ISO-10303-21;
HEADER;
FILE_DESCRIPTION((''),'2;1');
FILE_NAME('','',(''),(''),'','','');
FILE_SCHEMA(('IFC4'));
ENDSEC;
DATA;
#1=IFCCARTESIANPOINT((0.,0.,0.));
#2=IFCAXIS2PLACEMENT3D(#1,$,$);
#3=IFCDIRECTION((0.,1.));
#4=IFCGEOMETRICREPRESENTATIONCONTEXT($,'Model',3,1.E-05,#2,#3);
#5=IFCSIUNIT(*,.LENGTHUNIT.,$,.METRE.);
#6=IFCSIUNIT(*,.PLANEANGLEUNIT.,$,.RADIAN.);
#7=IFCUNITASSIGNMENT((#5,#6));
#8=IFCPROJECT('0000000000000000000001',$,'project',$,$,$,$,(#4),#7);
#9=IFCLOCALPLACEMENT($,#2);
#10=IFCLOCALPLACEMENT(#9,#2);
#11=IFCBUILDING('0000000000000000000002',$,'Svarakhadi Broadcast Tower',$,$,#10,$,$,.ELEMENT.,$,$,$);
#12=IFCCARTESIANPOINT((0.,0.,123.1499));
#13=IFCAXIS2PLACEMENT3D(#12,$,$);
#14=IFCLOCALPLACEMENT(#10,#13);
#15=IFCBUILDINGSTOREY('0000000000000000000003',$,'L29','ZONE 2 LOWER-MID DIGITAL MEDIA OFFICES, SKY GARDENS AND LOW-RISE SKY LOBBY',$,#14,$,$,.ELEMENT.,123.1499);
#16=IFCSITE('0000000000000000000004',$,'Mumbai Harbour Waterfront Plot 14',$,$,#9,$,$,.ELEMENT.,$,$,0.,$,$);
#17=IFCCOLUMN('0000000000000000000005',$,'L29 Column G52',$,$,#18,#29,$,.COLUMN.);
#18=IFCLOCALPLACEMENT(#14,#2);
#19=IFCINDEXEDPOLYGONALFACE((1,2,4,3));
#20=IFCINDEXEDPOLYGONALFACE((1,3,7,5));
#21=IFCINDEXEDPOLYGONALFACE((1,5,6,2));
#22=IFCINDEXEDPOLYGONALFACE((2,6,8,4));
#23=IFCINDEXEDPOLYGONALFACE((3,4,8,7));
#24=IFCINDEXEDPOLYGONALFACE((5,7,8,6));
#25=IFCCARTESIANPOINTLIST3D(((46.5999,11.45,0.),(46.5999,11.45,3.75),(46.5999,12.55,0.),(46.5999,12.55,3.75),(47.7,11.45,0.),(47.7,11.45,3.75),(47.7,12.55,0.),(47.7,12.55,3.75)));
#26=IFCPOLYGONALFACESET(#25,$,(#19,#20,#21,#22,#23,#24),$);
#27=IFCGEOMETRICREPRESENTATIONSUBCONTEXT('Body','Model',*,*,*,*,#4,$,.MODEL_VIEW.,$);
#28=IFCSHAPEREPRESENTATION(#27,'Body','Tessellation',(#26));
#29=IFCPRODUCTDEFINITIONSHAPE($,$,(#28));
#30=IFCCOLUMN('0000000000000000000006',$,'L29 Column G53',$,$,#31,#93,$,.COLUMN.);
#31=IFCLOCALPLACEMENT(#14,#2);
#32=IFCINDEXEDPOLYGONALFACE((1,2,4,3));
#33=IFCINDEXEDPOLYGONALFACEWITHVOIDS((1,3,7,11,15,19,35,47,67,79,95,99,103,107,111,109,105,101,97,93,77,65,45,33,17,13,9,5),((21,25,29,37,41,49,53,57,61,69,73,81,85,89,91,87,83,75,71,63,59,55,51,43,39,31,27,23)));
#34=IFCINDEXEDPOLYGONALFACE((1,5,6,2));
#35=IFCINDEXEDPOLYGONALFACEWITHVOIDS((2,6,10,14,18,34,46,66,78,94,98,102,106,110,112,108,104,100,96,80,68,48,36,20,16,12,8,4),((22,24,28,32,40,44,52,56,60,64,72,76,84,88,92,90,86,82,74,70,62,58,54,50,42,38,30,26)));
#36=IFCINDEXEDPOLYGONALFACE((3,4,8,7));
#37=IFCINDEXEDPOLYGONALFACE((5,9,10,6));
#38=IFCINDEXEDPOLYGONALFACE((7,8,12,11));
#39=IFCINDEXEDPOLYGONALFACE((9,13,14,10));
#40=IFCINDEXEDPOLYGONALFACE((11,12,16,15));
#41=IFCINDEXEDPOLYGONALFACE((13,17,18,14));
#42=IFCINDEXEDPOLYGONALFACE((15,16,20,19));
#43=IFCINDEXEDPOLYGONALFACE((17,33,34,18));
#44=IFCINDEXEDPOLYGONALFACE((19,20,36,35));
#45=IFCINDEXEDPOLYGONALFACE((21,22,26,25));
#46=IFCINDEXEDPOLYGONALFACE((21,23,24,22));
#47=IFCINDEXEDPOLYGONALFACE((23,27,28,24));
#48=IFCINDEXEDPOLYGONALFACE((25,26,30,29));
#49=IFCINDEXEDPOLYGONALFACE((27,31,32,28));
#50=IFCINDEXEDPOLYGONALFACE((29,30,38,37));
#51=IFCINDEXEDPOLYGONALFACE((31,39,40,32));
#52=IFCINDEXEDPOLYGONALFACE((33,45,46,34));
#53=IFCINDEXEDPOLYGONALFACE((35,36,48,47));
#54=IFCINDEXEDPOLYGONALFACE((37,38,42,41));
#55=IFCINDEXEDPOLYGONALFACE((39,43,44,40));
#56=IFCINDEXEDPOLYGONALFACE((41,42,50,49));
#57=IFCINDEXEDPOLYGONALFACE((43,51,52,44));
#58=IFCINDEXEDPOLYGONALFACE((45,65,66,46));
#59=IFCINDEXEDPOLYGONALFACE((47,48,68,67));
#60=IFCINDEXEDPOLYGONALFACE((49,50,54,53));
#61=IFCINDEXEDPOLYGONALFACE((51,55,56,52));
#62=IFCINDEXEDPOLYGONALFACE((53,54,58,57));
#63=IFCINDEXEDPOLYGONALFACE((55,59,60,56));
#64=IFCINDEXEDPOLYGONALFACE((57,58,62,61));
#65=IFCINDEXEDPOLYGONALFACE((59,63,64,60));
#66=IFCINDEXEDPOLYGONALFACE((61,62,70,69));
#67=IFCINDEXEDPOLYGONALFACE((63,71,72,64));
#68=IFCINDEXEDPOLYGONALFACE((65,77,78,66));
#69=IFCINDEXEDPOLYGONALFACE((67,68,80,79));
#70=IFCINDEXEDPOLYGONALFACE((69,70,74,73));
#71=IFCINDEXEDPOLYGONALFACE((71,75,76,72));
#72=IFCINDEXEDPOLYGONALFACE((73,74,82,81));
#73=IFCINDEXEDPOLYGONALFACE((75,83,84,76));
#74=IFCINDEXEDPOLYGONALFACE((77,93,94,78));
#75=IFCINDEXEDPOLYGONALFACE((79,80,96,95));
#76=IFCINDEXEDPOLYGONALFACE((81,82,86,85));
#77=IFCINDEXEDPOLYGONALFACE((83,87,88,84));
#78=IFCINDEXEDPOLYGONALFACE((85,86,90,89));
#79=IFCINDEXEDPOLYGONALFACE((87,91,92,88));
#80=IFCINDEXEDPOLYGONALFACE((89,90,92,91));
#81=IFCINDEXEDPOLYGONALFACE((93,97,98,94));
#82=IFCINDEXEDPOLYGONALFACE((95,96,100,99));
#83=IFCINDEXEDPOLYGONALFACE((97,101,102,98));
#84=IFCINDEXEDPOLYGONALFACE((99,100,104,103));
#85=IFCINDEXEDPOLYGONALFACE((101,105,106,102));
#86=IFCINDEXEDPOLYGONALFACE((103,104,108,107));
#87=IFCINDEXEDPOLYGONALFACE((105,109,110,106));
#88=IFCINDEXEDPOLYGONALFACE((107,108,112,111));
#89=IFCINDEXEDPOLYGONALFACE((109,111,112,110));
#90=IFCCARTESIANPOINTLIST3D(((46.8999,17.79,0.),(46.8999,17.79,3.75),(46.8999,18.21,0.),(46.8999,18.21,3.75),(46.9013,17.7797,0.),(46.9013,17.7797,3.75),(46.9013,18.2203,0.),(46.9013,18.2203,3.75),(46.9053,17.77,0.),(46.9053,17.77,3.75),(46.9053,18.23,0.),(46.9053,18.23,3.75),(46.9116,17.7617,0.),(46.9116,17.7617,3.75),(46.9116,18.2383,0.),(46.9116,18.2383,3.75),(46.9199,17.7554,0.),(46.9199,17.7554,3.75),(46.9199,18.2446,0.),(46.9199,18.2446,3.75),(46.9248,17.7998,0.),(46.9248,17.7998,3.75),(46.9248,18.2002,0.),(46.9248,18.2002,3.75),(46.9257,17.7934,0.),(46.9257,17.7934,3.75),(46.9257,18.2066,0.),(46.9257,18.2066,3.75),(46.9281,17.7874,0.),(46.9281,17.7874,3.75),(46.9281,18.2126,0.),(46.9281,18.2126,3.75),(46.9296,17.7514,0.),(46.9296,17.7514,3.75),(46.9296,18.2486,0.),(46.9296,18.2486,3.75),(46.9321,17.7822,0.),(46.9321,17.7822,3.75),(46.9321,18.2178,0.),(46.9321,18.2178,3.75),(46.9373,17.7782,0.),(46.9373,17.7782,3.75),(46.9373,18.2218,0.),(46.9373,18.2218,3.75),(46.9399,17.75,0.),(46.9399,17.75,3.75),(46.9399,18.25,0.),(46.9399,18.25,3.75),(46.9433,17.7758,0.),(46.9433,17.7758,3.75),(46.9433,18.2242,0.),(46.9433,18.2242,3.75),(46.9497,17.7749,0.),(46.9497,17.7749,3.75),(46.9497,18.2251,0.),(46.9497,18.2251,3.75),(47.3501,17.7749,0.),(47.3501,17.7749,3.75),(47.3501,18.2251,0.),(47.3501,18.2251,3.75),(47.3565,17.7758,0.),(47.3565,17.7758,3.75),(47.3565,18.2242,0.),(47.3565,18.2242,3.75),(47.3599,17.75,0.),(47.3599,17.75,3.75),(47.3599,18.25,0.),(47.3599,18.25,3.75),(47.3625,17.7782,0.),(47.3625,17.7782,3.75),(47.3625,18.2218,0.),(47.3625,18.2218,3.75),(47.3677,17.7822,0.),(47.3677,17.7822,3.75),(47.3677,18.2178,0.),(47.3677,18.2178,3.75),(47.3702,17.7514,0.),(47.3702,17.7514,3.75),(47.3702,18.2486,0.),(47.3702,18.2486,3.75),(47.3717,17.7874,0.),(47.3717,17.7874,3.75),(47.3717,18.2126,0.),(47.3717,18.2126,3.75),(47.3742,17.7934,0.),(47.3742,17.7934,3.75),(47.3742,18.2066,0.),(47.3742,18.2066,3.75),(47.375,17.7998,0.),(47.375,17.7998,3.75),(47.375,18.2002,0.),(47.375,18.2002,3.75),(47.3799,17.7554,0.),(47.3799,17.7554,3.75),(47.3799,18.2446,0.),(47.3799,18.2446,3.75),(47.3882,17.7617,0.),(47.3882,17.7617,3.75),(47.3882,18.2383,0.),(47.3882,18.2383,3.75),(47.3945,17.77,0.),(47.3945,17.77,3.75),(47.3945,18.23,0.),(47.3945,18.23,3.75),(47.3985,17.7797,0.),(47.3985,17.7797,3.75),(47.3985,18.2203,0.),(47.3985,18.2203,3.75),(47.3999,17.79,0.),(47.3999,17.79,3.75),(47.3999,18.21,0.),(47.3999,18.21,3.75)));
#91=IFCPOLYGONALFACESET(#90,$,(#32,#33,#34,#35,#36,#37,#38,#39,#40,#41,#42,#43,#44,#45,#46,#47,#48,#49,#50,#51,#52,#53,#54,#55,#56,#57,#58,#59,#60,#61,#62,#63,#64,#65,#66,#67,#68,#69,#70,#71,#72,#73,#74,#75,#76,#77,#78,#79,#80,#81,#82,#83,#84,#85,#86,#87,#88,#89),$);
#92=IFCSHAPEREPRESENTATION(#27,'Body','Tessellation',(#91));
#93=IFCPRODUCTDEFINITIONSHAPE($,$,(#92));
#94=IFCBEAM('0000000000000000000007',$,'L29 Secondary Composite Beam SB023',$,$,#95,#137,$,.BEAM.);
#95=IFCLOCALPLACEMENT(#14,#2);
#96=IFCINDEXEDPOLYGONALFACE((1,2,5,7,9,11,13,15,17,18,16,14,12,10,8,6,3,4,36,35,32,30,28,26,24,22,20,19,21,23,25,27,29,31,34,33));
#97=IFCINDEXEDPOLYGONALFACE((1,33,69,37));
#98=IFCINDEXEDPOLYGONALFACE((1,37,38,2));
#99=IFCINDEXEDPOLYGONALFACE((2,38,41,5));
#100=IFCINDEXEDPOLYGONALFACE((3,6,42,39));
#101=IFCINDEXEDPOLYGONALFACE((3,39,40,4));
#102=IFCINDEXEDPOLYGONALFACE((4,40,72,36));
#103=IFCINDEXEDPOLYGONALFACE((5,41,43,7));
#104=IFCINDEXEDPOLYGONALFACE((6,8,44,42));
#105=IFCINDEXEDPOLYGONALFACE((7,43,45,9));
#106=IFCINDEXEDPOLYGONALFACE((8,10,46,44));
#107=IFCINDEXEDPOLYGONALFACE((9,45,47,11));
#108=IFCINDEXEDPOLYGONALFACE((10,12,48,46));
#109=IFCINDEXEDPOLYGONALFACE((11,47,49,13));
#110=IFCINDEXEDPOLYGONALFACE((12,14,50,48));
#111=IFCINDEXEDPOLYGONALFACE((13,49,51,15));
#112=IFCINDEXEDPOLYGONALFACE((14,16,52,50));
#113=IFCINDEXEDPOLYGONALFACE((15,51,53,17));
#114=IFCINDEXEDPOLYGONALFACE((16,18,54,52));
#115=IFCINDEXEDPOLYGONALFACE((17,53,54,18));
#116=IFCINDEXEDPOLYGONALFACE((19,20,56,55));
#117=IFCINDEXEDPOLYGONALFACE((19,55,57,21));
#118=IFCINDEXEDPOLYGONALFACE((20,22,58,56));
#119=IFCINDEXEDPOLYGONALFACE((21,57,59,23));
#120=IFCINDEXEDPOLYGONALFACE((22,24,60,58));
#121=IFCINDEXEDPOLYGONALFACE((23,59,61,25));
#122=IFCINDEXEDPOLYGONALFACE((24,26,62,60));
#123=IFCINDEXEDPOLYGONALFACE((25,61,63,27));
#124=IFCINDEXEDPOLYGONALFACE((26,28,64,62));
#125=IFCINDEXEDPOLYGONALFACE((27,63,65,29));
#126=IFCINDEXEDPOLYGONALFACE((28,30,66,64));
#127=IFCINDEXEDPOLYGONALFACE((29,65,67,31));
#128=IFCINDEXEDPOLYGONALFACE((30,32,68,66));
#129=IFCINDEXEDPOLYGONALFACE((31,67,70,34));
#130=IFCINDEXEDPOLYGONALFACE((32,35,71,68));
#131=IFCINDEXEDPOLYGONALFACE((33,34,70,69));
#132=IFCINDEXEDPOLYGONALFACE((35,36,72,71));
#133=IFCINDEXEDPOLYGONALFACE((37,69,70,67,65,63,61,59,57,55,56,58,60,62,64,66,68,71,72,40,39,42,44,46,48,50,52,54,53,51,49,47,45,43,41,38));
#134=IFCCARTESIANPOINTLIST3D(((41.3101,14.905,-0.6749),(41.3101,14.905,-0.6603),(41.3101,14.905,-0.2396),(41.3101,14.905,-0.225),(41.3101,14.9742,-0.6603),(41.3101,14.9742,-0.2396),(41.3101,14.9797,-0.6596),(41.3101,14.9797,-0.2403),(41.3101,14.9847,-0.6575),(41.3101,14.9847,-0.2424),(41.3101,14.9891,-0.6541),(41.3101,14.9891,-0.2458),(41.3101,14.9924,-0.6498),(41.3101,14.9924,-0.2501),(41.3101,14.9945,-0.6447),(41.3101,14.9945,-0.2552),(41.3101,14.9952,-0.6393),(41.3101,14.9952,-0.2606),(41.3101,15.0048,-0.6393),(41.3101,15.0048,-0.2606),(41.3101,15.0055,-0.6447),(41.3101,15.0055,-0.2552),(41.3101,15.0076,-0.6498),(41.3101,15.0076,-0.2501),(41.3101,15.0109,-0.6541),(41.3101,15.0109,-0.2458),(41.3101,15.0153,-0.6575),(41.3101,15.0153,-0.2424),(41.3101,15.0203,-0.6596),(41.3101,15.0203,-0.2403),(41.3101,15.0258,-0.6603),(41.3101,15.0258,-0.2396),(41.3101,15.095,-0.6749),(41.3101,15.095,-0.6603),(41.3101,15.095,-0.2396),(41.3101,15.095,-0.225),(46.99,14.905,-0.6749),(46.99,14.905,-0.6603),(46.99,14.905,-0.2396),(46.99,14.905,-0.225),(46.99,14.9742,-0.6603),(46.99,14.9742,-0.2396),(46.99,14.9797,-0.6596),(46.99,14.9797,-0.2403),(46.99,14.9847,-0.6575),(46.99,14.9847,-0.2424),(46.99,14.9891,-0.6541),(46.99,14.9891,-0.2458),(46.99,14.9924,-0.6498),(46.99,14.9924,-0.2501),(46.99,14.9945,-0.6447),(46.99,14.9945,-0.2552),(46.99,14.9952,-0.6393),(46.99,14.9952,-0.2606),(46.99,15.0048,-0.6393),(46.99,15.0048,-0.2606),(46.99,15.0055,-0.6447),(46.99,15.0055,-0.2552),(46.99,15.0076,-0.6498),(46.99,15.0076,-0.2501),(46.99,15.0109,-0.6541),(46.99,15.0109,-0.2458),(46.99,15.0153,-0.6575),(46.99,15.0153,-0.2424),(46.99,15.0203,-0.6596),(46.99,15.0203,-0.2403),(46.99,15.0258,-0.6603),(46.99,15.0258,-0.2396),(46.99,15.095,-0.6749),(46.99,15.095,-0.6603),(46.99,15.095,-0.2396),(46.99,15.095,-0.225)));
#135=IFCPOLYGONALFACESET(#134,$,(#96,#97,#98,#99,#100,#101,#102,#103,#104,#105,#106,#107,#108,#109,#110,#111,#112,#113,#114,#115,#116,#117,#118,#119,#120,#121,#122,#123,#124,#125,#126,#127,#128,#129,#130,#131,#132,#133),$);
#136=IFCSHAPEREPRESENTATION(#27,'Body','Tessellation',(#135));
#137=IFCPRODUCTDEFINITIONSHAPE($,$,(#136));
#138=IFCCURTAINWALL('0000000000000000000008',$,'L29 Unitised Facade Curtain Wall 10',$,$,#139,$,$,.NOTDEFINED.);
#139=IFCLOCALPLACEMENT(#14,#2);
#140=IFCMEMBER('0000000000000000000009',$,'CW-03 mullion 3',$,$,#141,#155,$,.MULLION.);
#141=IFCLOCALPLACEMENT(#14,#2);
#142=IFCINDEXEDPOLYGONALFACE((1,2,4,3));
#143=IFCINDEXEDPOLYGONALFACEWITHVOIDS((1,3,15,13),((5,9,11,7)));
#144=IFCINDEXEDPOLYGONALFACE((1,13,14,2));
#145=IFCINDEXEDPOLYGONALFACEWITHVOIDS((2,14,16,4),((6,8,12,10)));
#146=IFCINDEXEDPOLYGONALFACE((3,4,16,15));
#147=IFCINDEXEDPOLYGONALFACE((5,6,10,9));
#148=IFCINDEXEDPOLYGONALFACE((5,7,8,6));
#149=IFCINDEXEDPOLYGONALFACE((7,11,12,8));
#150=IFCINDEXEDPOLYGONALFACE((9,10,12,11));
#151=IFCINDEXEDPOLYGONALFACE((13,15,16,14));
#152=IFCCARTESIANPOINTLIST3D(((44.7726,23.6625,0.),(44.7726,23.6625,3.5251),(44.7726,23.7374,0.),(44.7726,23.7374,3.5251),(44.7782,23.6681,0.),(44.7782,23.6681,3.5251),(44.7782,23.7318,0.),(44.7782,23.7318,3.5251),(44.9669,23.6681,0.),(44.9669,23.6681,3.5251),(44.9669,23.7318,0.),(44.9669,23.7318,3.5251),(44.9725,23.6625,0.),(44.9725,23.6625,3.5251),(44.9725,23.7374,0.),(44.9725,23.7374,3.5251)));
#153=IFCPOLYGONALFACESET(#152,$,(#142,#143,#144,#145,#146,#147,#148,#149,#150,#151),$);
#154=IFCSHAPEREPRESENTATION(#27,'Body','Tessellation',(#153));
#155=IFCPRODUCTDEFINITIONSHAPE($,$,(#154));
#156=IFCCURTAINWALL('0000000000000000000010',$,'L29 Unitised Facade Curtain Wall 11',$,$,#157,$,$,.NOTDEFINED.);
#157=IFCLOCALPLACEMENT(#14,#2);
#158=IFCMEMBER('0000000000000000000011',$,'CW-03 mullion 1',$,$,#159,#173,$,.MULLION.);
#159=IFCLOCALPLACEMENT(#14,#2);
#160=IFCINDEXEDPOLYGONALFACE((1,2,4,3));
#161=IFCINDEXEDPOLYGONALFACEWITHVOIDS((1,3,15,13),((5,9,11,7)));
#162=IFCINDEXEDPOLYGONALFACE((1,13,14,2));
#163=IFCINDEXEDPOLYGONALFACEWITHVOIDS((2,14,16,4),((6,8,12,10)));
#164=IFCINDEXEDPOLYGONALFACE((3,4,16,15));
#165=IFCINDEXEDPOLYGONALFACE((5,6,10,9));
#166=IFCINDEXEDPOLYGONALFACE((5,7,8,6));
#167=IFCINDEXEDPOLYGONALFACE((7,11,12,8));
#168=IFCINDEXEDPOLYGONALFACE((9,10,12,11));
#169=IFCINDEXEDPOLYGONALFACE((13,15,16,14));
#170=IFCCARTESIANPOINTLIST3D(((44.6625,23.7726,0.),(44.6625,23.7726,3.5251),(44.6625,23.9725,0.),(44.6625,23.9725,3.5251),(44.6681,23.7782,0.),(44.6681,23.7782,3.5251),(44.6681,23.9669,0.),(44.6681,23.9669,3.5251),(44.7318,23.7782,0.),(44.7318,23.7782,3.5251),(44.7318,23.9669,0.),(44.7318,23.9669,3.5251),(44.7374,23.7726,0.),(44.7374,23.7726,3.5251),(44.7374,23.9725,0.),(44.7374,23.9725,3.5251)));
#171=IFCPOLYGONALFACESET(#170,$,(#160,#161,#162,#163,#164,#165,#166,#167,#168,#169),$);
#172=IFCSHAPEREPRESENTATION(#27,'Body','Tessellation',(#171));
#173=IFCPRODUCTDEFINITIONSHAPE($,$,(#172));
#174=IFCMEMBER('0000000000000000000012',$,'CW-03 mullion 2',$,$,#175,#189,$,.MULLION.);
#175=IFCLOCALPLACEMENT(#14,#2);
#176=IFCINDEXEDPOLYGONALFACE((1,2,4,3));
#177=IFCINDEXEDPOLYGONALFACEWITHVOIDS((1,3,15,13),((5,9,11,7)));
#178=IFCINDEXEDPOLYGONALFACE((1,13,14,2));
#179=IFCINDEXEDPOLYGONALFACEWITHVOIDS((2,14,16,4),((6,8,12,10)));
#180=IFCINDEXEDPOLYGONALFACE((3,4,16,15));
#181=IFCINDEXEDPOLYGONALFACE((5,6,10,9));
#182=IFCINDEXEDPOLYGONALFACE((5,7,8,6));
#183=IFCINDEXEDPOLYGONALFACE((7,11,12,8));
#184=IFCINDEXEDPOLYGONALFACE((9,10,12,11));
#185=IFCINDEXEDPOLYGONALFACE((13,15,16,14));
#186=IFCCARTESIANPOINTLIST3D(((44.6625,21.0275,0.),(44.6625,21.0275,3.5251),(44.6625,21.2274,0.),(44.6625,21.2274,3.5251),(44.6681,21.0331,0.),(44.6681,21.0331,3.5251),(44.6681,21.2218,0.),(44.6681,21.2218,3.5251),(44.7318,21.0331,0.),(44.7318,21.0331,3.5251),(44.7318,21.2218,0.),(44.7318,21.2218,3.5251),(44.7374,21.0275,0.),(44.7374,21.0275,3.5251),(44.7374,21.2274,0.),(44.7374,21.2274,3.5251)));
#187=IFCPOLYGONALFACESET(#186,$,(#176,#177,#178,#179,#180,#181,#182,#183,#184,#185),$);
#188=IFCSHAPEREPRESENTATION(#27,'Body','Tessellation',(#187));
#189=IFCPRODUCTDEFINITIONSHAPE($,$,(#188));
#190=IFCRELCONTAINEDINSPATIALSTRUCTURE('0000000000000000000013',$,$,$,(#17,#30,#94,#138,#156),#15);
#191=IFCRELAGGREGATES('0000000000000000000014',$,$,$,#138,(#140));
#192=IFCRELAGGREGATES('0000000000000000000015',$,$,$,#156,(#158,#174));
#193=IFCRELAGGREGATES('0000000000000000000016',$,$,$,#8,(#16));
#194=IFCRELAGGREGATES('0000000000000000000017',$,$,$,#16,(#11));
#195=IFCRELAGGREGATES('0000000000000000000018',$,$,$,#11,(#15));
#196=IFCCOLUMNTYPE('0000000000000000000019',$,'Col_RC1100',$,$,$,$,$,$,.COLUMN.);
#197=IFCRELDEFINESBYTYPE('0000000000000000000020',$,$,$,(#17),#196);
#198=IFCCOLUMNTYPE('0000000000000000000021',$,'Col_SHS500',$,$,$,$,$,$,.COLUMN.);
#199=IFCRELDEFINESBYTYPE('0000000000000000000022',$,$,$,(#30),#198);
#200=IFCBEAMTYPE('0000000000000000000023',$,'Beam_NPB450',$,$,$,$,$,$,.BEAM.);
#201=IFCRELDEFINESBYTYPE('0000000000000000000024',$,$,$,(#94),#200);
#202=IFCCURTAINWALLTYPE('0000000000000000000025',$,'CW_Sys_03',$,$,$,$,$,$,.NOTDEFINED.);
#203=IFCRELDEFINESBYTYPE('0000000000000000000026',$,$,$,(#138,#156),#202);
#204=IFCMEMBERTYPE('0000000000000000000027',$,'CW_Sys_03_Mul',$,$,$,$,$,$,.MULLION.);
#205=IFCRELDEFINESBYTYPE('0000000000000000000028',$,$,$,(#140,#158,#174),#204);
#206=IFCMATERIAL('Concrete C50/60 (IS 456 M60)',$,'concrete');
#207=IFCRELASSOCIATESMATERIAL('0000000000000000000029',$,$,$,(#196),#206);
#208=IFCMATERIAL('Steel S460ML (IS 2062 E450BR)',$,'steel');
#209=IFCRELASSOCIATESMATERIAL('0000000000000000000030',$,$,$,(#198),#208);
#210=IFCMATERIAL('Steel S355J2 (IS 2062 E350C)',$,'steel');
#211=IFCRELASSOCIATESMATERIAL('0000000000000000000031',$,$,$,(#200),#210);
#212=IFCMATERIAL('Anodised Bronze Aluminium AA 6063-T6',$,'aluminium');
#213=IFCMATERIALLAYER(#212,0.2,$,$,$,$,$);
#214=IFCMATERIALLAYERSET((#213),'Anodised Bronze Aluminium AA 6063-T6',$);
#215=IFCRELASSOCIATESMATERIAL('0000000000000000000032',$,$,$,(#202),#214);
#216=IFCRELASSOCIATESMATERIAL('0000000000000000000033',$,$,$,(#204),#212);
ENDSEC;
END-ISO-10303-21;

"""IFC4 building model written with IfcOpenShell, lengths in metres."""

from ifc_helpers import new_model, si_unit, direction, frame, origin, origin_2d, place, context, subcontext, project, spatial, rectangle, hollow_rectangle, i_section, extrude, material, layer, layer_set, material_profile, profile_set, type_object, element, aggregate, save


model = new_model("IFC4")

# Units and contexts
model_context = context("Model", 3, precision=1e-05, world=origin(), true_north=direction((0.0, 1.0)))
body_context = subcontext(model_context, "Body", "Model", "MODEL_VIEW")
ifc_project = project(units=[si_unit("LENGTHUNIT", "METRE"), si_unit("PLANEANGLEUNIT", "RADIAN")], contexts=[model_context])

# Site, building, storey
site_placement = place(None, origin())
site = spatial("IfcSite", under=ifc_project, at=site_placement, Name="Mumbai Harbour Waterfront Plot 14", CompositionType="ELEMENT", RefElevation=0.0)
building_placement = place(site_placement, origin())
building = spatial("IfcBuilding", under=site, at=building_placement, Name="Svarakhadi Broadcast Tower", CompositionType="ELEMENT")
storey_placement = place(building_placement, frame((0.0, 0.0, 123.1499)))
storey = spatial("IfcBuildingStorey", under=building, at=storey_placement, Name="L29", Description="ZONE 2 LOWER-MID DIGITAL MEDIA OFFICES, SKY GARDENS AND LOW-RISE SKY LOBBY", CompositionType="ELEMENT", Elevation=123.1499)

# Columns
ifc_material_1 = material(Name="Concrete C50/60 (IS 456 M60)", Category="concrete")
ifc_material_profile_1 = material_profile(ifc_material_1, rectangle(XDim=1.1001, YDim=1.1001, at=origin_2d()), Name="RC 1100x1100")
ifc_profile_set_1 = profile_set([ifc_material_profile_1], Name="Concrete C50/60 (IS 456 M60)")
column_type_1 = type_object("IfcColumnType", Name="Col_RC1100", PredefinedType="COLUMN", material=ifc_profile_set_1)
column_1_placement = place(storey_placement, frame((47.1499, 12.0, 0.0), z_axis=(0.0, 0.0, 1.0), x_axis=(1.0, 0.0, 0.0)))
element("IfcColumn", 1, at=column_1_placement, inside=storey, type_object=column_type_1, Name="L29 Column G52", PredefinedType="COLUMN", context=body_context, shape_type="SweptSolid", body=[
    extrude(rectangle(XDim=1.1001, YDim=1.1001, at=origin_2d()), origin(), (0.0, 0.0, 1.0), 3.75),
])
ifc_material_2 = material(Name="Steel S460ML (IS 2062 E450BR)", Category="steel")
ifc_material_profile_2 = material_profile(ifc_material_2, hollow_rectangle(XDim=0.5, YDim=0.5, WallThickness=0.0249, InnerFilletRadius=0.0249, OuterFilletRadius=0.04, at=origin_2d()), Name="SHS 500x500x25")
ifc_profile_set_2 = profile_set([ifc_material_profile_2], Name="Steel S460ML (IS 2062 E450BR)")
column_type_2 = type_object("IfcColumnType", Name="Col_SHS500", PredefinedType="COLUMN", material=ifc_profile_set_2)
column_2_placement = place(storey_placement, frame((47.1499, 18.0, 0.0), z_axis=(0.0, 0.0, 1.0), x_axis=(1.0, 0.0, 0.0)))
element("IfcColumn", 2, at=column_2_placement, inside=storey, type_object=column_type_2, Name="L29 Column G53", PredefinedType="COLUMN", context=body_context, shape_type="SweptSolid", body=[
    extrude(hollow_rectangle(XDim=0.5, YDim=0.5, WallThickness=0.0249, InnerFilletRadius=0.0249, OuterFilletRadius=0.04, at=origin_2d()), origin(), (0.0, 0.0, 1.0), 3.75),
])

# Beam
ifc_material_3 = material(Name="Steel S355J2 (IS 2062 E350C)", Category="steel")
ifc_material_profile_3 = material_profile(ifc_material_3, i_section(OverallWidth=0.1899, OverallDepth=0.45, WebThickness=0.0095, FlangeThickness=0.0146, FilletRadius=0.021, at=origin_2d()), Name="NPB 450x190x78")
ifc_profile_set_3 = profile_set([ifc_material_profile_3], Name="Steel S355J2 (IS 2062 E350C)")
beam_type_1 = type_object("IfcBeamType", Name="Beam_NPB450", PredefinedType="BEAM", material=ifc_profile_set_3)
beam_1_placement = place(storey_placement, frame((41.3101, 15.0, -0.45), z_axis=(1.0, 0.0, 0.0), x_axis=(0.0, 1.0, 0.0)))
element("IfcBeam", 3, at=beam_1_placement, inside=storey, type_object=beam_type_1, Name="L29 Secondary Composite Beam SB023", PredefinedType="BEAM", context=body_context, shape_type="SweptSolid", body=[
    extrude(i_section(OverallWidth=0.1899, OverallDepth=0.45, WebThickness=0.0095, FlangeThickness=0.0146, FilletRadius=0.021, at=origin_2d()), origin(), (0.0, 0.0, 1.0), 5.6799),
])

# Curtain wall, member
ifc_material_4 = material(Name="Anodised Bronze Aluminium AA 6063-T6", Category="aluminium")
ifc_layer_1 = layer(ifc_material_4, 0.2)
ifc_layer_set_1 = layer_set([ifc_layer_1], Name="Anodised Bronze Aluminium AA 6063-T6")
curtain_wall_type = type_object("IfcCurtainWallType", Name="CW_Sys_03", PredefinedType="NOTDEFINED", material=ifc_layer_set_1)
curtain_wall_1_placement = place(storey_placement, origin())
curtain_wall_1 = element("IfcCurtainWall", 4, at=curtain_wall_1_placement, inside=storey, type_object=curtain_wall_type, Name="L29 Unitised Facade Curtain Wall 10", PredefinedType="NOTDEFINED")
ifc_material_profile_4 = material_profile(ifc_material_4, hollow_rectangle(XDim=0.075, YDim=0.2, WallThickness=0.0056, at=origin_2d()), Name="ALU MULLION 200x75x6")
ifc_profile_set_4 = profile_set([ifc_material_profile_4], Name="Anodised Bronze Aluminium AA 6063-T6")
member_type_1 = type_object("IfcMemberType", Name="CW_Sys_03_Mul", PredefinedType="MULLION", material=ifc_profile_set_4)
member_1_placement = place(storey_placement, frame((44.8726, 23.7, 0.0), z_axis=(0.0, 0.0, 1.0), x_axis=(0.0, 1.0, 0.0)))
member_1 = element("IfcMember", 5, at=member_1_placement, type_object=member_type_1, Name="CW-03 mullion 3", PredefinedType="MULLION", context=body_context, shape_type="SweptSolid", body=[
    extrude(hollow_rectangle(XDim=0.075, YDim=0.2, WallThickness=0.0056, at=origin_2d()), origin(), (0.0, 0.0, 1.0), 3.5251),
])
aggregate(curtain_wall_1, [member_1])

# Curtain wall, members
curtain_wall_2_placement = place(storey_placement, origin())
curtain_wall_2 = element("IfcCurtainWall", 6, at=curtain_wall_2_placement, inside=storey, type_object=curtain_wall_type, Name="L29 Unitised Facade Curtain Wall 11", PredefinedType="NOTDEFINED")
member_2_placement = place(storey_placement, frame((44.7, 23.8726, 0.0), z_axis=(0.0, 0.0, 1.0), x_axis=(1.0, 0.0, 0.0)))
member_2 = element("IfcMember", 7, at=member_2_placement, type_object=member_type_1, Name="CW-03 mullion 1", PredefinedType="MULLION", context=body_context, shape_type="SweptSolid", body=[
    extrude(hollow_rectangle(XDim=0.075, YDim=0.2, WallThickness=0.0056, at=origin_2d()), origin(), (0.0, 0.0, 1.0), 3.5251),
])
member_3_placement = place(storey_placement, frame((44.7, 21.1274, 0.0), z_axis=(0.0, 0.0, 1.0), x_axis=(1.0, 0.0, 0.0)))
member_3 = element("IfcMember", 8, at=member_3_placement, type_object=member_type_1, Name="CW-03 mullion 2", PredefinedType="MULLION", context=body_context, shape_type="SweptSolid", body=[
    extrude(hollow_rectangle(XDim=0.075, YDim=0.2, WallThickness=0.0056, at=origin_2d()), origin(), (0.0, 0.0, 1.0), 3.5251),
])

aggregate(curtain_wall_2, [member_2, member_3])

save(model, "model.ifc")
